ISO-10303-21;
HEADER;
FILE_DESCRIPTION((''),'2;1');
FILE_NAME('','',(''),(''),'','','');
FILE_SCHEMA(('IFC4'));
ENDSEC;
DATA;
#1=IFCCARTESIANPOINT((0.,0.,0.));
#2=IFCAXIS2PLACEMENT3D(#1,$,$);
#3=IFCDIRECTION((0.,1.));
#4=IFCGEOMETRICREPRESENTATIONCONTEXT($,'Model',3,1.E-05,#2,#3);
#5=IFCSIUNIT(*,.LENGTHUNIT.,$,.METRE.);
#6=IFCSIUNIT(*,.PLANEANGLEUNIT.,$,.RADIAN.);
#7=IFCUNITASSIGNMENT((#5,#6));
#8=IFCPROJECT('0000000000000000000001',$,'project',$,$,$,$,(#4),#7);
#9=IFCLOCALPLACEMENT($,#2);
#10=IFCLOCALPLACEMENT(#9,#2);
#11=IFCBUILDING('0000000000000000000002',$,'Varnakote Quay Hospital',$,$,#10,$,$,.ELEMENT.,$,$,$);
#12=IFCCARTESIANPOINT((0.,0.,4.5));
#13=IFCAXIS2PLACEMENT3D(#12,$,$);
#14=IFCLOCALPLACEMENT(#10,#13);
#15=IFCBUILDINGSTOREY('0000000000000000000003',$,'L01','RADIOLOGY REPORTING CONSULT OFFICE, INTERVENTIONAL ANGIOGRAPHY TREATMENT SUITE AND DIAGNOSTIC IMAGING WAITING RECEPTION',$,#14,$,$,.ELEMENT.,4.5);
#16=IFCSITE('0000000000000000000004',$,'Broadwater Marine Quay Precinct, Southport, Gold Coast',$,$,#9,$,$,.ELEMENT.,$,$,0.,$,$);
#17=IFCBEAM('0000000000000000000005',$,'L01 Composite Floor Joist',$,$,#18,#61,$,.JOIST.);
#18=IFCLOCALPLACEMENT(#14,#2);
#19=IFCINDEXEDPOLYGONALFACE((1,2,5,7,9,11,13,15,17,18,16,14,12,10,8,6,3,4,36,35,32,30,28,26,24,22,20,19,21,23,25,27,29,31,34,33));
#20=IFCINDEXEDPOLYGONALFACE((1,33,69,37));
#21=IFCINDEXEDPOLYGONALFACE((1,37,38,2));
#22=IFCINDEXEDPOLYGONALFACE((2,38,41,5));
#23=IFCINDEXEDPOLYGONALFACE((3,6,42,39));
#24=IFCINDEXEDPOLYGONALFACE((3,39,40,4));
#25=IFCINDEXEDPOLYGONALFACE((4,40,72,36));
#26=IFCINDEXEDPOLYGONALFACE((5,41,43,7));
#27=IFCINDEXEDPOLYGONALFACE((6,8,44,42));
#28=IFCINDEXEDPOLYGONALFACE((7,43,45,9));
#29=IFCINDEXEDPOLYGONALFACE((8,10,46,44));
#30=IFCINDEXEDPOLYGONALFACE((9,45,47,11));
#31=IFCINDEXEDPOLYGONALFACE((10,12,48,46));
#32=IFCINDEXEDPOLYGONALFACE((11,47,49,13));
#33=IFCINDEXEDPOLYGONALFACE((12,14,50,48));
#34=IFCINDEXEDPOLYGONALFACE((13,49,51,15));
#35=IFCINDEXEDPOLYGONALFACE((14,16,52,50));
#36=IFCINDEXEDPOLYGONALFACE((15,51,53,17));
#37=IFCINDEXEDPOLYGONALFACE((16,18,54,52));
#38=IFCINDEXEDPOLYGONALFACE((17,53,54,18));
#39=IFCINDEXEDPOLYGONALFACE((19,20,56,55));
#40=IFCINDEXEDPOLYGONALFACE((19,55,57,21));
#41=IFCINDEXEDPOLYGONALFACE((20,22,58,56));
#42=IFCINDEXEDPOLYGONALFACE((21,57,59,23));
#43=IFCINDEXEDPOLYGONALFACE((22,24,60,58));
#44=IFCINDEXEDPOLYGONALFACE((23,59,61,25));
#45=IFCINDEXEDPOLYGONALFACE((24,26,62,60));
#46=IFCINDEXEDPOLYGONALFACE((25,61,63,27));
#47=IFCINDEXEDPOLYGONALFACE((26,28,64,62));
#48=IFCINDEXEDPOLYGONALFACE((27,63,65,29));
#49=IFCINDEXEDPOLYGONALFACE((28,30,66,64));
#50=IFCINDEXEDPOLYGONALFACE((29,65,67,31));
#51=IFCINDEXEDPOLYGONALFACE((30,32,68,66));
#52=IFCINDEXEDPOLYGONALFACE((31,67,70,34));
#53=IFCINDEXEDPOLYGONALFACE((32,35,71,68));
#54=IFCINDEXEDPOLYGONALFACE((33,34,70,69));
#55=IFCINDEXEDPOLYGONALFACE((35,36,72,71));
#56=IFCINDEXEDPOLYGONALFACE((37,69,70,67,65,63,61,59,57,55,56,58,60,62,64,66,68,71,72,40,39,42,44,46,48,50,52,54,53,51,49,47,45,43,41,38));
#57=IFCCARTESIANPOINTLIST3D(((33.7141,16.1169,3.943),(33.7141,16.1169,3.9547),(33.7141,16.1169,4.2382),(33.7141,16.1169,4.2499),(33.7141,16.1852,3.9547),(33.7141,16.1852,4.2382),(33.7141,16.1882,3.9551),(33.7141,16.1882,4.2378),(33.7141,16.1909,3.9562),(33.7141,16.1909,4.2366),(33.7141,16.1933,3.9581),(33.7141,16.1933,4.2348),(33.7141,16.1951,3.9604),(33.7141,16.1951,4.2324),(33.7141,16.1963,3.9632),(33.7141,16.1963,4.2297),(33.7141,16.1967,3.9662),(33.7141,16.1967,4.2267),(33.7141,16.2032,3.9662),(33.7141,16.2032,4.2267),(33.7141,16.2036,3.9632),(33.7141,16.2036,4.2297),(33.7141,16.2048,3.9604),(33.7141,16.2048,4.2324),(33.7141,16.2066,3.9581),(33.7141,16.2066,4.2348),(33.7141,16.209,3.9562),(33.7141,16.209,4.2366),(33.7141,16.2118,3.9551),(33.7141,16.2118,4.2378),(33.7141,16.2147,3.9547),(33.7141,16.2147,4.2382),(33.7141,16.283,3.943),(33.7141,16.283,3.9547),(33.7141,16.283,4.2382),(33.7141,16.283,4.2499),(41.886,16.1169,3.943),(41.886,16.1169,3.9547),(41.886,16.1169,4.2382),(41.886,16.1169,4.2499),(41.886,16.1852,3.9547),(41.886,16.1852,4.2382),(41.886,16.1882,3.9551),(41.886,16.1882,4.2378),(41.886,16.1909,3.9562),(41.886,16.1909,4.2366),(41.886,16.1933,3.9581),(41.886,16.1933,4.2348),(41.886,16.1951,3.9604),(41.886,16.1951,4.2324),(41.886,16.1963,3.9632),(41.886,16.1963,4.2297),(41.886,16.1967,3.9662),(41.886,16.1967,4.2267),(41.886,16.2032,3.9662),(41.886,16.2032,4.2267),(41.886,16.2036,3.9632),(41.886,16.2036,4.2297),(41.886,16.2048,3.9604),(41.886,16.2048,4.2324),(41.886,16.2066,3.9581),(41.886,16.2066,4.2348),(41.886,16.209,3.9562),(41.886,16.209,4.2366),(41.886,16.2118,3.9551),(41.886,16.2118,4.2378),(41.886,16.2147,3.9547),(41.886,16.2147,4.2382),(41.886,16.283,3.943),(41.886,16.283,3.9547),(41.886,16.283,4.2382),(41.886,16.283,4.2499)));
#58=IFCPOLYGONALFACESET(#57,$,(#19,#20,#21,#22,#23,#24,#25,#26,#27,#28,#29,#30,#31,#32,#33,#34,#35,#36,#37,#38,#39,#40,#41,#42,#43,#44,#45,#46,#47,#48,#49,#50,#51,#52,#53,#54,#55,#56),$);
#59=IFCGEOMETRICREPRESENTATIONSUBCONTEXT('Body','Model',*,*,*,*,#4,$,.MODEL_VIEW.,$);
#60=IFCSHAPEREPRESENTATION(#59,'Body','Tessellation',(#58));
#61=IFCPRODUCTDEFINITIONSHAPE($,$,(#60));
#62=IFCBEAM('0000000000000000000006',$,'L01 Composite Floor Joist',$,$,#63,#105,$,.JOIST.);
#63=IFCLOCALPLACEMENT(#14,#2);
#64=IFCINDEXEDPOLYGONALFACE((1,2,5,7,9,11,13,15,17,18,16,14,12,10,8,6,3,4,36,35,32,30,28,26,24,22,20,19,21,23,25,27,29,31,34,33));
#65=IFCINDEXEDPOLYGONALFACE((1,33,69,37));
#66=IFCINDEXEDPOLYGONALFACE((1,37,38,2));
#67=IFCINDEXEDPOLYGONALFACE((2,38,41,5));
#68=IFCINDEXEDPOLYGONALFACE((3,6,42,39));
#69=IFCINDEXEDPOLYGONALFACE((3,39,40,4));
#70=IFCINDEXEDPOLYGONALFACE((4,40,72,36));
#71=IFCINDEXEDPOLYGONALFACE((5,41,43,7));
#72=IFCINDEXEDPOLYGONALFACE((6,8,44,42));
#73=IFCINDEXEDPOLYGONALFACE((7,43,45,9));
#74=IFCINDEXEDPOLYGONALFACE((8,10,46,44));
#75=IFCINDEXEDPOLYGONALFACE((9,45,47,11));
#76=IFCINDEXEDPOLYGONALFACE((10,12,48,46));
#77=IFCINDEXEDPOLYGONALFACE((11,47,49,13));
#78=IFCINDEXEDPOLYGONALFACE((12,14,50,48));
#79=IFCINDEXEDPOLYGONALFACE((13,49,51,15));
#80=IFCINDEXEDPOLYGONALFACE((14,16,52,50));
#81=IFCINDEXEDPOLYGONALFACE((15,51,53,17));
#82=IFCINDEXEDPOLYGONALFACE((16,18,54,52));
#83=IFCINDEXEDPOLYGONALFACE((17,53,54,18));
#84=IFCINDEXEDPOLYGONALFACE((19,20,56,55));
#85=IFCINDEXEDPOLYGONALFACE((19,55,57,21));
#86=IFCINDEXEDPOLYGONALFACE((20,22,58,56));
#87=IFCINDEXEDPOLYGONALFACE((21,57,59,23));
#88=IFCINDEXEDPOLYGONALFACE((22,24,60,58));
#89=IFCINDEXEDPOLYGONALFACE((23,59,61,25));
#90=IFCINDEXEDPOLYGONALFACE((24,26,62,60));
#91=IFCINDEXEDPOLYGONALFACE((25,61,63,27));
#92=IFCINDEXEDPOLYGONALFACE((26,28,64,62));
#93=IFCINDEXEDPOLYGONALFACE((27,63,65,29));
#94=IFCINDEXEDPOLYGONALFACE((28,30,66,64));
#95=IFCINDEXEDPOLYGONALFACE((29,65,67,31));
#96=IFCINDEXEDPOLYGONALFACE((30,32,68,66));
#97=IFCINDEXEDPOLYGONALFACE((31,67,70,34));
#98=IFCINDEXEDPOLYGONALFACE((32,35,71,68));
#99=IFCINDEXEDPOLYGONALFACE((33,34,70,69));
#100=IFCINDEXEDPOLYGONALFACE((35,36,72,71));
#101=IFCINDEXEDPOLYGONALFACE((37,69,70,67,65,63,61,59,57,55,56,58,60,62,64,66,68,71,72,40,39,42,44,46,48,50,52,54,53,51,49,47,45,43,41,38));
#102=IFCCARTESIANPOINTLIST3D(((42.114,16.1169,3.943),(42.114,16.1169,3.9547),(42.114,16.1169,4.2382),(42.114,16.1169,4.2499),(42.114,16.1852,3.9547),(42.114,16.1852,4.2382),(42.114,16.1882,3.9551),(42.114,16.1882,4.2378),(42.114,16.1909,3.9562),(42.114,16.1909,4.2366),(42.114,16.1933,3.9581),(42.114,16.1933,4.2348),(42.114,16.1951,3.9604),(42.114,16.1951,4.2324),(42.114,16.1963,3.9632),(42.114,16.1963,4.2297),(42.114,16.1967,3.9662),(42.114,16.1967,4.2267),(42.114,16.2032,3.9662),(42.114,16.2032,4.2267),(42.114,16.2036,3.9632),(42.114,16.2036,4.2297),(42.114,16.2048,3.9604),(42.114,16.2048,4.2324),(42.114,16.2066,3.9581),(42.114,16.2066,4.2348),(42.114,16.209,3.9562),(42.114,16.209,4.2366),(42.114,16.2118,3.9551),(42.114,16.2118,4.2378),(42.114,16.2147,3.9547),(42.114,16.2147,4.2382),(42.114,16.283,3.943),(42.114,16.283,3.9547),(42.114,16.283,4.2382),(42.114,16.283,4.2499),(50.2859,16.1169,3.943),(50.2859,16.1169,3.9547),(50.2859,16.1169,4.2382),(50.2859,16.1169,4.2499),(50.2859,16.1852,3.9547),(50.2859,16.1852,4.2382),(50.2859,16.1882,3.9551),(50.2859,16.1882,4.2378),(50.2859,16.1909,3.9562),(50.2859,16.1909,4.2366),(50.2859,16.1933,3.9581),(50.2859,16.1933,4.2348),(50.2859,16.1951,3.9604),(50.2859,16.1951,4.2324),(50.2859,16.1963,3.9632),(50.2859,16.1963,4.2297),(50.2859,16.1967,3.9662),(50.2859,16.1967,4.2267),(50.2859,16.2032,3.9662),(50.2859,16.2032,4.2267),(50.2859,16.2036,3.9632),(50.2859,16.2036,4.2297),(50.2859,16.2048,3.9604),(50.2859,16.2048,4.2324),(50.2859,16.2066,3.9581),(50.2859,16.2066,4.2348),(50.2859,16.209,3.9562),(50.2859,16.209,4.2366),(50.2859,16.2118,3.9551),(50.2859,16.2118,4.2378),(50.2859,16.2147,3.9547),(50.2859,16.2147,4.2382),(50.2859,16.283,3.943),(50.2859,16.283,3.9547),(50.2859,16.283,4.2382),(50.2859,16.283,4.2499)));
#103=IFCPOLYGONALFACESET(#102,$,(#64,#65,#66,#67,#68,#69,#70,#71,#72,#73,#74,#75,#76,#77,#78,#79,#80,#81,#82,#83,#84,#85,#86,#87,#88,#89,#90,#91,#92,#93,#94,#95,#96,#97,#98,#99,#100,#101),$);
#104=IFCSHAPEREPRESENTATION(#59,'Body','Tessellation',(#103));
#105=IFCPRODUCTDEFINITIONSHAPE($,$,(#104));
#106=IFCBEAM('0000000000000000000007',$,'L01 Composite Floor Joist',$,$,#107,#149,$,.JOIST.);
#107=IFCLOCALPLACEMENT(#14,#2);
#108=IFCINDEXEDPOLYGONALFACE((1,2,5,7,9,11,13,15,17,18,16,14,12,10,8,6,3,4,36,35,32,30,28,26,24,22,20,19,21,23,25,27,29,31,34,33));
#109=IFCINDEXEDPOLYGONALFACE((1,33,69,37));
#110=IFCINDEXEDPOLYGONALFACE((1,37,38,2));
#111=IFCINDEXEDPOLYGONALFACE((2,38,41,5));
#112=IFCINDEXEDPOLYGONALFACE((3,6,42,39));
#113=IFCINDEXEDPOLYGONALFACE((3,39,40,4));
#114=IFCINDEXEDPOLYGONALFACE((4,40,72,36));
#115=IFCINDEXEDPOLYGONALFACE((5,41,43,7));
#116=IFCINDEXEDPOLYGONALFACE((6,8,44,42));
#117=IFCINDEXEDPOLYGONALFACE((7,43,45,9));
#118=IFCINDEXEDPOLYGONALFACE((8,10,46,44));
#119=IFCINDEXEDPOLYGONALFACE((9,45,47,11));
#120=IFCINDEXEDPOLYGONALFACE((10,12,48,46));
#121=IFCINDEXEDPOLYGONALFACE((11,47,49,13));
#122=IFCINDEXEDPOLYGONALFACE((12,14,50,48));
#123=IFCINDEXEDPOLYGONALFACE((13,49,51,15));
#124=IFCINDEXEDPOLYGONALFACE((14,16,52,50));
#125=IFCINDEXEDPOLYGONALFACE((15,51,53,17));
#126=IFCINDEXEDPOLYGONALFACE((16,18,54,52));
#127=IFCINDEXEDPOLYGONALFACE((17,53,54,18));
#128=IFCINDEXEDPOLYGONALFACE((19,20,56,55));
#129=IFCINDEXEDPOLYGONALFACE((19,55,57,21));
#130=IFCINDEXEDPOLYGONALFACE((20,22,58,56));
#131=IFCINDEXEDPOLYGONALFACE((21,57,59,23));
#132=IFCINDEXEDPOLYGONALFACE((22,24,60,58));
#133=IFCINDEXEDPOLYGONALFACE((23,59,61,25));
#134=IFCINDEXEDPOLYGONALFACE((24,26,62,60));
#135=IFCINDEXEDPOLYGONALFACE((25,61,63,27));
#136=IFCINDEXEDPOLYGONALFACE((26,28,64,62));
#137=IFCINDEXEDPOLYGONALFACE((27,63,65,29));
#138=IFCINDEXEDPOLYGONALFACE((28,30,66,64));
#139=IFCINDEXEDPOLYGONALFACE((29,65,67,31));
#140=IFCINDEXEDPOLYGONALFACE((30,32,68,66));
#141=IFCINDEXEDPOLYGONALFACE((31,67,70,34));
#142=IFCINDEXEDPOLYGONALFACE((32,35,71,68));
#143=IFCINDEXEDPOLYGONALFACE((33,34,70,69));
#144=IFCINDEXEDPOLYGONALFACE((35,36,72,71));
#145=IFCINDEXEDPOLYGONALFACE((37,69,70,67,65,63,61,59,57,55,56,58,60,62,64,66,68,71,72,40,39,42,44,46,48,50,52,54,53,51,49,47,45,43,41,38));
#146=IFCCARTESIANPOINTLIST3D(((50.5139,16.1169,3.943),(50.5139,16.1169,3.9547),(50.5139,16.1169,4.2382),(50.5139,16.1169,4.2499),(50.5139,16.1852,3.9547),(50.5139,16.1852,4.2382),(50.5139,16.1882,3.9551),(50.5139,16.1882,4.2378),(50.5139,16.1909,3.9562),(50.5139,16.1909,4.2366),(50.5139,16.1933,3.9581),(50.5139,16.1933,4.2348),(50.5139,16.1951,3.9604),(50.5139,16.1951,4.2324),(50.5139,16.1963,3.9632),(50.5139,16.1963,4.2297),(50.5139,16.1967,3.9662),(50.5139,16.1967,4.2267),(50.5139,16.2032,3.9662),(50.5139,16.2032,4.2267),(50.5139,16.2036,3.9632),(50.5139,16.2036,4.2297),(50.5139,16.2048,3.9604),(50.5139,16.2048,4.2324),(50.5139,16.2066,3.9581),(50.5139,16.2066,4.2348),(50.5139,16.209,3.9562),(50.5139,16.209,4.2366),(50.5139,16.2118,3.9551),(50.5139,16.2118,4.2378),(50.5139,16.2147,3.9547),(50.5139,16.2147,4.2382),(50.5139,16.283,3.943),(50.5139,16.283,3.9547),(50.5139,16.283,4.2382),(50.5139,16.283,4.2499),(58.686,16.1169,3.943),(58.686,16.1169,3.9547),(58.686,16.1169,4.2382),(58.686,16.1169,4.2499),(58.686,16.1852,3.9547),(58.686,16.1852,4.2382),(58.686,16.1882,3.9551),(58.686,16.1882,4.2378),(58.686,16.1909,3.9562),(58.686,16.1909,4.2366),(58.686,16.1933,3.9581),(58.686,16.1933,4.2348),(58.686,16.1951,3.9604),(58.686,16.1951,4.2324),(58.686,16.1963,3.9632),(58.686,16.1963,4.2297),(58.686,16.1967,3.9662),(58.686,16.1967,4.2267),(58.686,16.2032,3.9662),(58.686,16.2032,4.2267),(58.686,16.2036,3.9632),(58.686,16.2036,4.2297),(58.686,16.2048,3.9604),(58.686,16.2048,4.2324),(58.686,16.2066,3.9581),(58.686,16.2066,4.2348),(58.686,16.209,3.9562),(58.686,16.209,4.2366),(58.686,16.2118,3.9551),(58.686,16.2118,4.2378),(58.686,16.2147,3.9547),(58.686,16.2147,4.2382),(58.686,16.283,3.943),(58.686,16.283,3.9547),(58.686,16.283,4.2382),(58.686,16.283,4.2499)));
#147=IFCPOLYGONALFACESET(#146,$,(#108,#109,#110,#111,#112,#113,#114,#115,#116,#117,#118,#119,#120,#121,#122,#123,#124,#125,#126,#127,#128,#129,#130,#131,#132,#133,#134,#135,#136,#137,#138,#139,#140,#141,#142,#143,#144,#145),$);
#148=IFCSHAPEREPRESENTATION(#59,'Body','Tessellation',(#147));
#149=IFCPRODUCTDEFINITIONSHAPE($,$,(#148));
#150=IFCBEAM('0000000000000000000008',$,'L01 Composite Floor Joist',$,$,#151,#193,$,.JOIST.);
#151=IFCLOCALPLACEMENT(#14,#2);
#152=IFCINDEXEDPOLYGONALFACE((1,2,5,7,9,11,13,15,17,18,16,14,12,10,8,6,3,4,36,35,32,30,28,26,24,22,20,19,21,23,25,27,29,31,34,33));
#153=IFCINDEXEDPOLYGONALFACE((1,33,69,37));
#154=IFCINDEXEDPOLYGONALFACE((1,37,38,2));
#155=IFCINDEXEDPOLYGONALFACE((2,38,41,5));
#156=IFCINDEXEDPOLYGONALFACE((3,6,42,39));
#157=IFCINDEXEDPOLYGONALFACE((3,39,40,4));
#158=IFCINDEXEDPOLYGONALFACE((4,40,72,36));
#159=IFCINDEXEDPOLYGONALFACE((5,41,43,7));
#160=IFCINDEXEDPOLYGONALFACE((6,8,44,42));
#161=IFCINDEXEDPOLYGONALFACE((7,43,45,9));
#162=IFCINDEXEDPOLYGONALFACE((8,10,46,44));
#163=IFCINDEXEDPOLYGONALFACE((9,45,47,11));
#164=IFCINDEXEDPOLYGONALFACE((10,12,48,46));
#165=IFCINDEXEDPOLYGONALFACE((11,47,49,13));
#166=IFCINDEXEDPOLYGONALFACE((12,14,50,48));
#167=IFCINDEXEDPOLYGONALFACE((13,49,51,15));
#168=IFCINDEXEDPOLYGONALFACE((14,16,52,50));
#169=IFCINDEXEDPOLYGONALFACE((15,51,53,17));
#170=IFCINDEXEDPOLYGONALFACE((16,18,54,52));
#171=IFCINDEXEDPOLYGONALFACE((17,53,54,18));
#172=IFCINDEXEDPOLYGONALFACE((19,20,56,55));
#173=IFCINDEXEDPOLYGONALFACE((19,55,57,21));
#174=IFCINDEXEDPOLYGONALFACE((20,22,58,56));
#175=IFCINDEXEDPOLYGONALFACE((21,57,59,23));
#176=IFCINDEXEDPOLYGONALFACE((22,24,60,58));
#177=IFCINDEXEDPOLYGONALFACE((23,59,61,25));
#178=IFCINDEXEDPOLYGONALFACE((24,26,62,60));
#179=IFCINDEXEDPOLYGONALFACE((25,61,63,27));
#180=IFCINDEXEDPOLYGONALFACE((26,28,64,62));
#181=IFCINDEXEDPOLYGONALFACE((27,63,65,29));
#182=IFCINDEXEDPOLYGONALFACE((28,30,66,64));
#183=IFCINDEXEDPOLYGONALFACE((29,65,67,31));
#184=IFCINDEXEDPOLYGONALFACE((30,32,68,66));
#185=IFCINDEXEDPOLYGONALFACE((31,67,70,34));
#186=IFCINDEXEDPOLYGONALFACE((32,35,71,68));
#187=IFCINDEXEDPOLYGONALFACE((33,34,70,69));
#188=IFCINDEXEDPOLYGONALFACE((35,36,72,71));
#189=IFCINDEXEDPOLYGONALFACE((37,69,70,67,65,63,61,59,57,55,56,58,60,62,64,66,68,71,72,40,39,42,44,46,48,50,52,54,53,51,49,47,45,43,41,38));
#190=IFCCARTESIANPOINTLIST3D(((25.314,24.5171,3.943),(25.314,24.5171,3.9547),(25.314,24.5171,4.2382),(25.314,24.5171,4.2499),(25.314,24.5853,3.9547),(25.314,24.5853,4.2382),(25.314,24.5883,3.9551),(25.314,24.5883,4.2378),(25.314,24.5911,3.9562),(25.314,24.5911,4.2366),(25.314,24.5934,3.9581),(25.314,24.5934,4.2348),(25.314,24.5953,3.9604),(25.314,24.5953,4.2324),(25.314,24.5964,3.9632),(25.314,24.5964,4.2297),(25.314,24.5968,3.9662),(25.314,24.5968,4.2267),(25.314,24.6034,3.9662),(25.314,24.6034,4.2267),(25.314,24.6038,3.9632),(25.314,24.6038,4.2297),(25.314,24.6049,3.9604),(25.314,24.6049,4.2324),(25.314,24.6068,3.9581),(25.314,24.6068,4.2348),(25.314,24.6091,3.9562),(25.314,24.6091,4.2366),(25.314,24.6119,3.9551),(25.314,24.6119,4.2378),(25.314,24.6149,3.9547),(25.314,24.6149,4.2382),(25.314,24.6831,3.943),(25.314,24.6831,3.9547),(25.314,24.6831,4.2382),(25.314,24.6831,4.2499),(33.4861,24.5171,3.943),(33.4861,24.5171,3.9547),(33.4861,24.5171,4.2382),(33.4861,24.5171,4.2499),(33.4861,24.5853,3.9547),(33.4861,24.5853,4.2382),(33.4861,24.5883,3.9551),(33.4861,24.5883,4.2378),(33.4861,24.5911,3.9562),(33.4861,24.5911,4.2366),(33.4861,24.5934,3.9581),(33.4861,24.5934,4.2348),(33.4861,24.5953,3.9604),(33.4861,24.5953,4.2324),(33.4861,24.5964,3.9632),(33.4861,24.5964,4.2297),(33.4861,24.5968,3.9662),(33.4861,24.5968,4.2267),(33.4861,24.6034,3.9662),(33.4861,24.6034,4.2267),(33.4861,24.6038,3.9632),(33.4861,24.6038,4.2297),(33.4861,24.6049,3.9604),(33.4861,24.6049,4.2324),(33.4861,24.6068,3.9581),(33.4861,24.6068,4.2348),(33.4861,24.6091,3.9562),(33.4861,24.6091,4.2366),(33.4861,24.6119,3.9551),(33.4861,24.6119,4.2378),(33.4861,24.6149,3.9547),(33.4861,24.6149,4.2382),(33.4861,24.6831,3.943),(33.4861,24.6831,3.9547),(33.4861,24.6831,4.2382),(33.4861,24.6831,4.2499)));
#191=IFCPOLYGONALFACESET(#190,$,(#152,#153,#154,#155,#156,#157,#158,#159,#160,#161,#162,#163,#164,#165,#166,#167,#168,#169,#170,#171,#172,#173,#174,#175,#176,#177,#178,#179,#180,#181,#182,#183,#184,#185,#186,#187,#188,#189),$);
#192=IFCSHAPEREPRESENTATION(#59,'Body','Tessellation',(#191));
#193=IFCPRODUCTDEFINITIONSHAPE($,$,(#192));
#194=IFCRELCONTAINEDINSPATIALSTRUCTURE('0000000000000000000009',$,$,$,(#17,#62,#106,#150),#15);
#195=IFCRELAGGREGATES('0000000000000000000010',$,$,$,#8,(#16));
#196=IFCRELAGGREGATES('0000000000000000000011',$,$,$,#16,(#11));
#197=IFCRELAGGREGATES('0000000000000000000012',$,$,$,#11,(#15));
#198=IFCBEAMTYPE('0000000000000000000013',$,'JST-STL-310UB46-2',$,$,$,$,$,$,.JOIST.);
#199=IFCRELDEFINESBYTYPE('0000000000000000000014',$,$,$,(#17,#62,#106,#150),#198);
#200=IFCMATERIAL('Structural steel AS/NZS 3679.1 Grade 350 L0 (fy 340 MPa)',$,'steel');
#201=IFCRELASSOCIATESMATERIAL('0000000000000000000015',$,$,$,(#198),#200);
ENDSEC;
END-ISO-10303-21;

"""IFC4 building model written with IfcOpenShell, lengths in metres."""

from ifc_helpers import new_model, si_unit, direction, frame, origin, origin_2d, place, context, subcontext, project, spatial, i_section, extrude, material, material_profile, profile_set, type_object, element, save


model = new_model("IFC4")

# Units and contexts
model_context = context("Model", 3, precision=1e-05, world=origin(), true_north=direction((0.0, 1.0)))
body_context = subcontext(model_context, "Body", "Model", "MODEL_VIEW")
ifc_project = project(units=[si_unit("LENGTHUNIT", "METRE"), si_unit("PLANEANGLEUNIT", "RADIAN")], contexts=[model_context])

# Site, building, storey
site_placement = place(None, origin())
site = spatial("IfcSite", under=ifc_project, at=site_placement, Name="Broadwater Marine Quay Precinct, Southport, Gold Coast", CompositionType="ELEMENT", RefElevation=0.0)
building_placement = place(site_placement, origin())
building = spatial("IfcBuilding", under=site, at=building_placement, Name="Varnakote Quay Hospital", CompositionType="ELEMENT")
storey_placement = place(building_placement, frame((0.0, 0.0, 4.5)))
storey = spatial("IfcBuildingStorey", under=building, at=storey_placement, Name="L01", Description="RADIOLOGY REPORTING CONSULT OFFICE, INTERVENTIONAL ANGIOGRAPHY TREATMENT SUITE AND DIAGNOSTIC IMAGING WAITING RECEPTION", CompositionType="ELEMENT", Elevation=4.5)

# Beams
ifc_material_1 = material(Name="Structural steel AS/NZS 3679.1 Grade 350 L0 (fy 340 MPa)", Category="steel")
ifc_material_profile_1 = material_profile(ifc_material_1, i_section(OverallWidth=0.166, OverallDepth=0.3069, WebThickness=0.0066, FlangeThickness=0.0117, FilletRadius=0.0115, at=origin_2d()), Name="310UB46.2")
ifc_profile_set_1 = profile_set([ifc_material_profile_1], Name="Structural steel AS/NZS 3679.1 Grade 350 L0 (fy 340 MPa)")
beam_type_1 = type_object("IfcBeamType", Name="JST-STL-310UB46-2", PredefinedType="JOIST", material=ifc_profile_set_1)
for number, where, z_axis, x_axis, name in (
    (1, (33.7141, 16.2, 4.0964), (1.0, 0.0, 0.0), (0.0, 1.0, 0.0), "L01 Composite Floor Joist"),
    (2, (42.114, 16.2, 4.0964), (1.0, 0.0, 0.0), (0.0, 1.0, 0.0), "L01 Composite Floor Joist"),
):
    element("IfcBeam", number, at=place(storey_placement, frame(where, z_axis=z_axis, x_axis=x_axis)), inside=storey, type_object=beam_type_1, Name=name, PredefinedType="JOIST", context=body_context, shape_type="SweptSolid", body=[
        extrude(i_section(OverallWidth=0.166, OverallDepth=0.3069, WebThickness=0.0066, FlangeThickness=0.0117, FilletRadius=0.0115, at=origin_2d()), origin(), (0.0, 0.0, 1.0), 8.1719),
    ])
for number, where, z_axis, x_axis, name in (
    (3, (50.5139, 16.2, 4.0964), (1.0, 0.0, 0.0), (0.0, 1.0, 0.0), "L01 Composite Floor Joist"),
    (4, (25.314, 24.6001, 4.0964), (1.0, 0.0, 0.0), (0.0, 1.0, 0.0), "L01 Composite Floor Joist"),
):
    element("IfcBeam", number, at=place(storey_placement, frame(where, z_axis=z_axis, x_axis=x_axis)), inside=storey, type_object=beam_type_1, Name=name, PredefinedType="JOIST", context=body_context, shape_type="SweptSolid", body=[
        extrude(i_section(OverallWidth=0.166, OverallDepth=0.3069, WebThickness=0.0066, FlangeThickness=0.0117, FilletRadius=0.0115, at=origin_2d()), origin(), (0.0, 0.0, 1.0), 8.1721),
    ])

save(model, "model.ifc")
